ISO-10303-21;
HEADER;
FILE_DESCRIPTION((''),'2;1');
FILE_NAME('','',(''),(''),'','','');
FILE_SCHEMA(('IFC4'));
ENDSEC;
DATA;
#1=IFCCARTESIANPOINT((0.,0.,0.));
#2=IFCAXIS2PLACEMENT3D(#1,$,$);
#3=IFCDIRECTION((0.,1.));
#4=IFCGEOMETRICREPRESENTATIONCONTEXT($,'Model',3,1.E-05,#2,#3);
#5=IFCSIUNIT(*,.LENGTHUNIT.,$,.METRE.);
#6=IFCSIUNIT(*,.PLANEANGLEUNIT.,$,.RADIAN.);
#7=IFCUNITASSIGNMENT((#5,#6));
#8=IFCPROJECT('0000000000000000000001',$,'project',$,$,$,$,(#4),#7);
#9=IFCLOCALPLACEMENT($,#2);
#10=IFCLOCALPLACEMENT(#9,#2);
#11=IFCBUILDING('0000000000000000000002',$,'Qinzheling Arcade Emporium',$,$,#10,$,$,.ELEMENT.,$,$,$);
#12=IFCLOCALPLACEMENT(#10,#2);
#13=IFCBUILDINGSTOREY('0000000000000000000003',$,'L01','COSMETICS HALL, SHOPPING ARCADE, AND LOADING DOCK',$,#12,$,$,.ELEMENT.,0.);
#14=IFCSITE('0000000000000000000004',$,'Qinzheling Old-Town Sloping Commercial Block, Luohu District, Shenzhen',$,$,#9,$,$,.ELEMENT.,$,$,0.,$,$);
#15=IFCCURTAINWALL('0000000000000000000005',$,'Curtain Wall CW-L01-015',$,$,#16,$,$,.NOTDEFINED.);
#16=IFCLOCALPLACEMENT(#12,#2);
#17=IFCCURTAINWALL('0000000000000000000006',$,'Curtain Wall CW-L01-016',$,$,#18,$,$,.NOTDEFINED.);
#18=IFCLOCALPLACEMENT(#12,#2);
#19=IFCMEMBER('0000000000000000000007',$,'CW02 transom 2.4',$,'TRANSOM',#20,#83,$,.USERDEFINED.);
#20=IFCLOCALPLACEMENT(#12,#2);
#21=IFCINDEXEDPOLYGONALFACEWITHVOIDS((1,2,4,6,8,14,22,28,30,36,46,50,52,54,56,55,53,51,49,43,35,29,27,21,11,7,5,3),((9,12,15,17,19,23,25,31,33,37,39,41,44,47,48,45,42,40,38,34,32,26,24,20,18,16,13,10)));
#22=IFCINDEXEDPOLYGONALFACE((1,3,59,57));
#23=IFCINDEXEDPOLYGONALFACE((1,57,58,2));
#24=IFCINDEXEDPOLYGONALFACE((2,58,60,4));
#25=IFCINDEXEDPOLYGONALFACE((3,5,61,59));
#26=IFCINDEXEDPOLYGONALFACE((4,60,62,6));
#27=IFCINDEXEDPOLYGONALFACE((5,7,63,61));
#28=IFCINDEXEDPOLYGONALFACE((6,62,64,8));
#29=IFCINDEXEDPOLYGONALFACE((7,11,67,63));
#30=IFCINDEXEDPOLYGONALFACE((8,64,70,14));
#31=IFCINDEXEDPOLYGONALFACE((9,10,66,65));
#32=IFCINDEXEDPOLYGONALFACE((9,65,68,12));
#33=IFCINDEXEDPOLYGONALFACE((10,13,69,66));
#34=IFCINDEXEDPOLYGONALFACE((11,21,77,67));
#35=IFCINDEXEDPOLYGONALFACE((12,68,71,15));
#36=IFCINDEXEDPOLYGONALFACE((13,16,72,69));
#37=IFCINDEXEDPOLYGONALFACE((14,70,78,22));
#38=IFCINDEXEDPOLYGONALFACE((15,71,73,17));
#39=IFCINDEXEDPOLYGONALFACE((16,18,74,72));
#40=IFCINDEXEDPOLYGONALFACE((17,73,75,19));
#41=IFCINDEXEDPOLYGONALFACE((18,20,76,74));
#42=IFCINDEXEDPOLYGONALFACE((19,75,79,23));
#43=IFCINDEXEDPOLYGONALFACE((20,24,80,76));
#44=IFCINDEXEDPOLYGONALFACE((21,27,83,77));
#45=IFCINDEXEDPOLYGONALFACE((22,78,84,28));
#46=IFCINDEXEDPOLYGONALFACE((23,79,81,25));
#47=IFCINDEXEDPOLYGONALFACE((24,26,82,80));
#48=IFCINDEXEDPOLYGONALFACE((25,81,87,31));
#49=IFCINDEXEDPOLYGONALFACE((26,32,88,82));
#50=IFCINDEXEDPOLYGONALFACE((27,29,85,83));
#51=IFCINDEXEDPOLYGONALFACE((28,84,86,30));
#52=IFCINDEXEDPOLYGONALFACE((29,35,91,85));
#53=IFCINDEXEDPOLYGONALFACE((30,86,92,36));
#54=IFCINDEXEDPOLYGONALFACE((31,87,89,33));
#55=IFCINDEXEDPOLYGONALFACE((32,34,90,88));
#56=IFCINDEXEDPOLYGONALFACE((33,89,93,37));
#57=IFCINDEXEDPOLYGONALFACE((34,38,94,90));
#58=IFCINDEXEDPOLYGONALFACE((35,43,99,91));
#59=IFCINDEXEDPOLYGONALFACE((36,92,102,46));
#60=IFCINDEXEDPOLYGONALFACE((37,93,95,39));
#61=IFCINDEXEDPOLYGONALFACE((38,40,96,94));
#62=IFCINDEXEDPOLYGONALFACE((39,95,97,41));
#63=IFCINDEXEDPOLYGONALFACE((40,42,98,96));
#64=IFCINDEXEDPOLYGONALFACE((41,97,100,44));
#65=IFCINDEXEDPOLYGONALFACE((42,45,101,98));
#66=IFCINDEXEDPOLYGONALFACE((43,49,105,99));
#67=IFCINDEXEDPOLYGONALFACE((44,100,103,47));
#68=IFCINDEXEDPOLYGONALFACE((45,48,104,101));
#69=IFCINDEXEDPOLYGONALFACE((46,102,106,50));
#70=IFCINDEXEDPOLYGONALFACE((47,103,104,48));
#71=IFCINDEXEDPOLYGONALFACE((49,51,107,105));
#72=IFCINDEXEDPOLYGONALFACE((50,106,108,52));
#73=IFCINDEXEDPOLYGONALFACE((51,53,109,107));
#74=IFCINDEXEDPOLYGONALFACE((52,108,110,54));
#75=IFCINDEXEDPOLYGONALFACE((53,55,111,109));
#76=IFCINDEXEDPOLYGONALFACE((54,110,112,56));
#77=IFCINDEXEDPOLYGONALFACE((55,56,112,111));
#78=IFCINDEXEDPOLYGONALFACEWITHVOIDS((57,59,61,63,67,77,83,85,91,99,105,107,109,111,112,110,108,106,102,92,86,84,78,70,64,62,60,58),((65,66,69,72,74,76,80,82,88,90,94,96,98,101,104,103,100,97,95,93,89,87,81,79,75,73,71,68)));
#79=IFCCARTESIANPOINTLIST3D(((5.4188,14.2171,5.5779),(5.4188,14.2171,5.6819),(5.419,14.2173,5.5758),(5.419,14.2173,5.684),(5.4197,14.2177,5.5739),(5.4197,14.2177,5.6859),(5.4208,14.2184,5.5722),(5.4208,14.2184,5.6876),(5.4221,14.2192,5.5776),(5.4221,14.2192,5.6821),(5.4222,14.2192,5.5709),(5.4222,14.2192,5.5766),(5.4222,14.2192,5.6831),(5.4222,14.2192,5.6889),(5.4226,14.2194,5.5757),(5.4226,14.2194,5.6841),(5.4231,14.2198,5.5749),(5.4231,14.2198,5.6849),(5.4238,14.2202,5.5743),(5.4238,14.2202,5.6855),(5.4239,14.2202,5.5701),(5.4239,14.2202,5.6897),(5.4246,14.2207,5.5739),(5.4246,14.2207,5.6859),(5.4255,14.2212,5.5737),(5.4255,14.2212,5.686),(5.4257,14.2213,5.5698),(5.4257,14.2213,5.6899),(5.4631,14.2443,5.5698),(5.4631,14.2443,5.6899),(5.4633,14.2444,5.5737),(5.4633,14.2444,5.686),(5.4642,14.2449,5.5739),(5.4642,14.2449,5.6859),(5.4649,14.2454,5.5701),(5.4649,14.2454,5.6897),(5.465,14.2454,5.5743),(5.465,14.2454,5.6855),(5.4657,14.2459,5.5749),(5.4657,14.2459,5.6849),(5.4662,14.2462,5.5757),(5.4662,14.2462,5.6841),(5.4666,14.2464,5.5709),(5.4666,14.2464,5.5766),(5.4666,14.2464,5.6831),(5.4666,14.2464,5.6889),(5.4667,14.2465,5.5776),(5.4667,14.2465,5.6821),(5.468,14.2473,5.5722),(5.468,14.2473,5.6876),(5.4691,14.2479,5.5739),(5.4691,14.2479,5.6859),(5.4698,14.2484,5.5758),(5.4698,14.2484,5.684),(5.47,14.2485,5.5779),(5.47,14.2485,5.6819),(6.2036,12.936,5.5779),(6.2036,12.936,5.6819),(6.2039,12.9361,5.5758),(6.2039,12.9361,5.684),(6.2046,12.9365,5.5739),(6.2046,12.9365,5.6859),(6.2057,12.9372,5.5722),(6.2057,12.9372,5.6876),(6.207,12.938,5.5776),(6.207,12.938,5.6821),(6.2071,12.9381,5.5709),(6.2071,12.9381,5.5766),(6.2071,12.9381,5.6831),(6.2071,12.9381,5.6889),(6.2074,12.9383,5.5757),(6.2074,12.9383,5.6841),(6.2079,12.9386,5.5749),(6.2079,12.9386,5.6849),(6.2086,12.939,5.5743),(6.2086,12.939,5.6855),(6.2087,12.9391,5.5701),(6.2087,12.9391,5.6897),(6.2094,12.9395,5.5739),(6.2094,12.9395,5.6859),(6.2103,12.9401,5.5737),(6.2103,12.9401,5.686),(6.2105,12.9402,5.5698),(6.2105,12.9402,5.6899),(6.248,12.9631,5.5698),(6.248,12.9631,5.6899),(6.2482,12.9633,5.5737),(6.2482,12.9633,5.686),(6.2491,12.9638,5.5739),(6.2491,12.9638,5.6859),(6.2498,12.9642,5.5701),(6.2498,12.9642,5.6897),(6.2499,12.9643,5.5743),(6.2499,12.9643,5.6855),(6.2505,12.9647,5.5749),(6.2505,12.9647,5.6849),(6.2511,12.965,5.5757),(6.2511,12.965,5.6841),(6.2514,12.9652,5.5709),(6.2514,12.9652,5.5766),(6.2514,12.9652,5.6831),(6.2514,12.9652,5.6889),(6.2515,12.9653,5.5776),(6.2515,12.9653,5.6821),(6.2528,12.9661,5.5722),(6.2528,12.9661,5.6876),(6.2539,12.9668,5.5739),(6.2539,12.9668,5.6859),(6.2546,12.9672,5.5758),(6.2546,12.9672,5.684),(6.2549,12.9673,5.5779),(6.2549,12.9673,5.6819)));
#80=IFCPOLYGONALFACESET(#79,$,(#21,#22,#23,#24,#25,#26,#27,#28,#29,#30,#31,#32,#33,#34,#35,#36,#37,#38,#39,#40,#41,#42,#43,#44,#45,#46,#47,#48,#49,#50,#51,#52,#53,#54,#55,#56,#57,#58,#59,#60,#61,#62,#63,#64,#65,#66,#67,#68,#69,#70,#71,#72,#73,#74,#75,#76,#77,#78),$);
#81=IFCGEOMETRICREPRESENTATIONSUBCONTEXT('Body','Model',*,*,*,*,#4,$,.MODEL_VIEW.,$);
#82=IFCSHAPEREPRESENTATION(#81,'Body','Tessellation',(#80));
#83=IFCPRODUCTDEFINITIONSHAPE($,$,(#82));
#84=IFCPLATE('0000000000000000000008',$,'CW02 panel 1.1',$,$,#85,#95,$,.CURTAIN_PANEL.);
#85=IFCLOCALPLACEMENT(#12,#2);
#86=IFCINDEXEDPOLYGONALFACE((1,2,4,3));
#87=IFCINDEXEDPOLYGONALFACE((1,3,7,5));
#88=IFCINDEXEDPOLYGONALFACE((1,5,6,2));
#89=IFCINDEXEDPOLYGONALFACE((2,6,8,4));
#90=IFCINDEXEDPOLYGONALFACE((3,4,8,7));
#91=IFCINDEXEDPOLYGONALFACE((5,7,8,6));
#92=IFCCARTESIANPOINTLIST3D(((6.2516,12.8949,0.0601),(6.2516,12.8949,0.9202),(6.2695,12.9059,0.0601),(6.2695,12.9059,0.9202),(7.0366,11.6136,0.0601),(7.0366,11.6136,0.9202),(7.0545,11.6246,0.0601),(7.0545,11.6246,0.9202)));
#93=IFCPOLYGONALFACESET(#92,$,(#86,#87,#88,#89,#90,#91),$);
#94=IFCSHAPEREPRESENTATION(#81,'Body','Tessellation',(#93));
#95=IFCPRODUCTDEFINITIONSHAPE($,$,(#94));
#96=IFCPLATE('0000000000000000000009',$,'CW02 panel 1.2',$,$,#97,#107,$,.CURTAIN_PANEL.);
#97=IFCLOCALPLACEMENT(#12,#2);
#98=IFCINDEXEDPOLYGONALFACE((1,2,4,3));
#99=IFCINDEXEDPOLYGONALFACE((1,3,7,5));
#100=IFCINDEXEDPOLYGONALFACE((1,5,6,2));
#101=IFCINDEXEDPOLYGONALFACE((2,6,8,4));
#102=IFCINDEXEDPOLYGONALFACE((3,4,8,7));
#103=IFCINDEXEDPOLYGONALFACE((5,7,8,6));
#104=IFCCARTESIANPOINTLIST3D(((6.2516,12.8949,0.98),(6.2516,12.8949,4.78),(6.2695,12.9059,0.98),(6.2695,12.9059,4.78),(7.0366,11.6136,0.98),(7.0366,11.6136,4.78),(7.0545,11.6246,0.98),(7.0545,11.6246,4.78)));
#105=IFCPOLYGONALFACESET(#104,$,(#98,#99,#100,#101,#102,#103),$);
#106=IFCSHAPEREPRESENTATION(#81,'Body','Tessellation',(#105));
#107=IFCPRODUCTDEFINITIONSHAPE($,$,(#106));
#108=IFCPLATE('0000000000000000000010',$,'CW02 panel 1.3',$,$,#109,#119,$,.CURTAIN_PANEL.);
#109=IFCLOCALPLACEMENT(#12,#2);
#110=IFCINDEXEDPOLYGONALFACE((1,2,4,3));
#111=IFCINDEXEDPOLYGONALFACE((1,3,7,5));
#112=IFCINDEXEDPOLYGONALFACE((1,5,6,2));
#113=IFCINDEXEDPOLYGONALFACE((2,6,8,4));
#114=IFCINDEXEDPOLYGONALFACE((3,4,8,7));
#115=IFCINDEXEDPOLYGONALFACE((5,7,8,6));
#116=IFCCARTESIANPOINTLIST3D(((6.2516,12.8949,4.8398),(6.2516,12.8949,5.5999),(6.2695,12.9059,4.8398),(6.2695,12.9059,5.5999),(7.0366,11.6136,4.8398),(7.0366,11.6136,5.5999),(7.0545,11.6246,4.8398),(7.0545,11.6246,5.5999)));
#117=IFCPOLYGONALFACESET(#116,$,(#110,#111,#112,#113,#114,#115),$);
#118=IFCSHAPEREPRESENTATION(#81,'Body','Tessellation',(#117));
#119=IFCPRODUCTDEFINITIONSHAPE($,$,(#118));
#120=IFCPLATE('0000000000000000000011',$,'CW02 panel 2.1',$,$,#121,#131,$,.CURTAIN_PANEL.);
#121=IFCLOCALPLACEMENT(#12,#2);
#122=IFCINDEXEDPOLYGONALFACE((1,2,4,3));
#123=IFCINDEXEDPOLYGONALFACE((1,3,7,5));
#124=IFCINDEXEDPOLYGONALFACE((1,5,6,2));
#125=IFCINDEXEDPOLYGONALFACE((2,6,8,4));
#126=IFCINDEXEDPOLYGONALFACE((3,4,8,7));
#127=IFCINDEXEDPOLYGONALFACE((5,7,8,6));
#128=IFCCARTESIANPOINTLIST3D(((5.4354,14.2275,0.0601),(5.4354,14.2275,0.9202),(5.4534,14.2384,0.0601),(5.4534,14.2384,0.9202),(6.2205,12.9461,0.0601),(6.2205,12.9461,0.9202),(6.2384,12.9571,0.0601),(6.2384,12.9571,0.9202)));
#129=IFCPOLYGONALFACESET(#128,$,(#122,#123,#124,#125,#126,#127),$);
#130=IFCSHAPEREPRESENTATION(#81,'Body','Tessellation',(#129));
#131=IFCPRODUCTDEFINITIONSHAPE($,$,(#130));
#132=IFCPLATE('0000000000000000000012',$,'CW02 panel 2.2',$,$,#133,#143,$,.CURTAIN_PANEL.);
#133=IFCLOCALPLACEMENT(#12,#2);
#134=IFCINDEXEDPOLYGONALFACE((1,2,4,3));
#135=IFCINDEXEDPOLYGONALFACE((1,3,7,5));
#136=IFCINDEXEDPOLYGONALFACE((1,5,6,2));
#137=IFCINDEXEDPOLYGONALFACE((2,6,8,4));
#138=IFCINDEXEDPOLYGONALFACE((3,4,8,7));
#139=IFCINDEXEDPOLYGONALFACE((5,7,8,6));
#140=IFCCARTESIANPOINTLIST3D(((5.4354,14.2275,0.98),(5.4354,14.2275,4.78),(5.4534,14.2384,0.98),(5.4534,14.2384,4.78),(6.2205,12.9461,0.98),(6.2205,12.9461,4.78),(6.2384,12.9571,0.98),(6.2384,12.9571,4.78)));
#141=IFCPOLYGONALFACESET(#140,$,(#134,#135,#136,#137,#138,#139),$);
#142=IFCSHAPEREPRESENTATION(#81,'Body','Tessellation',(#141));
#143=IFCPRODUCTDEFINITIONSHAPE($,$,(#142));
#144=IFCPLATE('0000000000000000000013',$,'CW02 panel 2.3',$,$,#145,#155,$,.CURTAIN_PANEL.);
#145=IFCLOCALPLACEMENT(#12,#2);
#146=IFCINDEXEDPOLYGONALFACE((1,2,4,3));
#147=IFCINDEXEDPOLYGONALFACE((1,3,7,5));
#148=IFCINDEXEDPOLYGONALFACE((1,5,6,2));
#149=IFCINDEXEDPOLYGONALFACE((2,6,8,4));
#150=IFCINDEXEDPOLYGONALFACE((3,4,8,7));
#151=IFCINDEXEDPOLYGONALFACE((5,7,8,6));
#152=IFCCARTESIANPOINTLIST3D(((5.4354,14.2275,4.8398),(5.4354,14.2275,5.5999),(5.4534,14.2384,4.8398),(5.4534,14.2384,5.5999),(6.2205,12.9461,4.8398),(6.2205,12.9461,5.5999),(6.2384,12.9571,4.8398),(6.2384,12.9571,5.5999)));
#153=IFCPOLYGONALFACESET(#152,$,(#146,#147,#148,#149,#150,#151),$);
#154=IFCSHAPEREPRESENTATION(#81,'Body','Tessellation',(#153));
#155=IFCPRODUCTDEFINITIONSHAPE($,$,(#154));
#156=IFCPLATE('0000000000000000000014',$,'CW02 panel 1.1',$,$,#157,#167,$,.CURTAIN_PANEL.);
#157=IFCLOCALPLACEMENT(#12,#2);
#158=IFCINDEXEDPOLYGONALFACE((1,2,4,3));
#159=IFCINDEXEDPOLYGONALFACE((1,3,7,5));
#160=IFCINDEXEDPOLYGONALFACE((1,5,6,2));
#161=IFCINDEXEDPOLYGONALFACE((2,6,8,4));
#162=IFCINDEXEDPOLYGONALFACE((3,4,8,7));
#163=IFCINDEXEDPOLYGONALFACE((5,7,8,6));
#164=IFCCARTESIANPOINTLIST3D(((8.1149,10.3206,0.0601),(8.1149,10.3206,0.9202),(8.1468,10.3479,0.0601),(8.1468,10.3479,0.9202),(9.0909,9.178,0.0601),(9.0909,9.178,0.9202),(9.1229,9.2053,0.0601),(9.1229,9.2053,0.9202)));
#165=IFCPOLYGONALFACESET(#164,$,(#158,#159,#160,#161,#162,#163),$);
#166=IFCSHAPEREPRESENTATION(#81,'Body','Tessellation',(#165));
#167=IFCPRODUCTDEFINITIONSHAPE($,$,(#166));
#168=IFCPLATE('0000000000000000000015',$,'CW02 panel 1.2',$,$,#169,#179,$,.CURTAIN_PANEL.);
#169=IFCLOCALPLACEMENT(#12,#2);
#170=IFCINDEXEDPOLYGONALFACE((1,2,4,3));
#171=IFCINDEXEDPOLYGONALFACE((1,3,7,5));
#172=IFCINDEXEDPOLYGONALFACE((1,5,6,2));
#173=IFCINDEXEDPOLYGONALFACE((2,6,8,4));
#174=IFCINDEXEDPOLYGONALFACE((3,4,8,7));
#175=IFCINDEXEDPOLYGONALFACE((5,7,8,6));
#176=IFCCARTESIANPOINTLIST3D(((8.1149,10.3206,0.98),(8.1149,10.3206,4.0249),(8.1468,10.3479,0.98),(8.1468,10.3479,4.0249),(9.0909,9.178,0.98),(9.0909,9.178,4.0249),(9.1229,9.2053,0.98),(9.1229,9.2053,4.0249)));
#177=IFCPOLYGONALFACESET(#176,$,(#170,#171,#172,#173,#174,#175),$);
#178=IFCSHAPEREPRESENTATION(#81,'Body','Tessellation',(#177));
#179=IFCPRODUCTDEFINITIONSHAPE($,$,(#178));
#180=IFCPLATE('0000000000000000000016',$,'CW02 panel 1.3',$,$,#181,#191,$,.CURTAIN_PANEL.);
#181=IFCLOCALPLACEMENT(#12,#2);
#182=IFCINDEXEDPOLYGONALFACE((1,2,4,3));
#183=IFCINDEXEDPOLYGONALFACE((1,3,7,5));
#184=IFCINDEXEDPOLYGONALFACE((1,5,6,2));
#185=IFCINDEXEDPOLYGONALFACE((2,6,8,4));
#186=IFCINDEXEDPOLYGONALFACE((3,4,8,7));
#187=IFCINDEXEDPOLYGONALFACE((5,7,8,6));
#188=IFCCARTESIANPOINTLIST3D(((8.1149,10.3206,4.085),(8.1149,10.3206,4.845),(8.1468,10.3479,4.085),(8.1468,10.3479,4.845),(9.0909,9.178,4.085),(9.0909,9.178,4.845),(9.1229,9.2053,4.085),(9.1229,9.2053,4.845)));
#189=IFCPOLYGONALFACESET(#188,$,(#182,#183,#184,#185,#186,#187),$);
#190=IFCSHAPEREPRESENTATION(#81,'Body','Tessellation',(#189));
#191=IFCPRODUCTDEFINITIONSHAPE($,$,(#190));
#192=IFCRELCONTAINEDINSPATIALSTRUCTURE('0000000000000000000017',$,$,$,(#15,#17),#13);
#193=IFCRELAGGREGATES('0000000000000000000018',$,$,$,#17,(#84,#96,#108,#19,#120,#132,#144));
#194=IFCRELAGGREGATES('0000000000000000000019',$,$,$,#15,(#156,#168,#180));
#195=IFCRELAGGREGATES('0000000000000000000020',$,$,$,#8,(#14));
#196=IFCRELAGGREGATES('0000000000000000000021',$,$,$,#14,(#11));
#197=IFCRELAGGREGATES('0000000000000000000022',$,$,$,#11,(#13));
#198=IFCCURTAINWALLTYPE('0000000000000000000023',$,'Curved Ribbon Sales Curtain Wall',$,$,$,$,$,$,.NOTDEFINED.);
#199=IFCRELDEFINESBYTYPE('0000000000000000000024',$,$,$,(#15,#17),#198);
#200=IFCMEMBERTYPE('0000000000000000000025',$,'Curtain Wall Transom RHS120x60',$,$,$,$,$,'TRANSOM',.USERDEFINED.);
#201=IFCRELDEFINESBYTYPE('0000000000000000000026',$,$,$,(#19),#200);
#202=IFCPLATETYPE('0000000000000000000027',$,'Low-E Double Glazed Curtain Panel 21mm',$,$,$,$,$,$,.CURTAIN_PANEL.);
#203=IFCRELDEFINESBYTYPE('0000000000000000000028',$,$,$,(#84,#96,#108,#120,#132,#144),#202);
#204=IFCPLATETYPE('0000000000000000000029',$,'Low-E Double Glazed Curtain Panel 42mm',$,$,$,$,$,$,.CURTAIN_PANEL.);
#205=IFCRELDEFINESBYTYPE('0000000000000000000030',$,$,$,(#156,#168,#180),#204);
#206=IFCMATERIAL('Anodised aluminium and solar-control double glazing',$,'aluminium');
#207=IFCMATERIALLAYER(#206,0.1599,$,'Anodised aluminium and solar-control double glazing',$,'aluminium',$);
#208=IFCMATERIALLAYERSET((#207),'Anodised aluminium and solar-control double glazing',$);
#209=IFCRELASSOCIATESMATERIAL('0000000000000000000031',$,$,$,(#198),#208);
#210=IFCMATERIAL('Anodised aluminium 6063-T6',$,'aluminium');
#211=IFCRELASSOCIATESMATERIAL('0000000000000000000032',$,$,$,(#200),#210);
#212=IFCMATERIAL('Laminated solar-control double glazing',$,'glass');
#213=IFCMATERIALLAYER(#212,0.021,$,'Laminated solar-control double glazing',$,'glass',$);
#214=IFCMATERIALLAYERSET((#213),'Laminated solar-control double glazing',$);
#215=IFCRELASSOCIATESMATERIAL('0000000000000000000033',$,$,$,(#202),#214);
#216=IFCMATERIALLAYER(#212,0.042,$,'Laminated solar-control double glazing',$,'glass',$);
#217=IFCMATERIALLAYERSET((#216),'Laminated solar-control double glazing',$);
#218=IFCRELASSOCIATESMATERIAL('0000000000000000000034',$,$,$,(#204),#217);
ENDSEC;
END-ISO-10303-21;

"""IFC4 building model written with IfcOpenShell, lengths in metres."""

from ifc_helpers import new_model, si_unit, direction, frame, origin, origin_2d, place, context, subcontext, project, spatial, rectangle, hollow_rectangle, extrude, material, layer, layer_set, material_profile, profile_set, type_object, element, aggregate, save


model = new_model("IFC4")

# Units and contexts
model_context = context("Model", 3, precision=1e-05, world=origin(), true_north=direction((0.0, 1.0)))
body_context = subcontext(model_context, "Body", "Model", "MODEL_VIEW")
ifc_project = project(units=[si_unit("LENGTHUNIT", "METRE"), si_unit("PLANEANGLEUNIT", "RADIAN")], contexts=[model_context])

# Site, building, storey
site_placement = place(None, origin())
site = spatial("IfcSite", under=ifc_project, at=site_placement, Name="Qinzheling Old-Town Sloping Commercial Block, Luohu District, Shenzhen", CompositionType="ELEMENT", RefElevation=0.0)
building_placement = place(site_placement, origin())
building = spatial("IfcBuilding", under=site, at=building_placement, Name="Qinzheling Arcade Emporium", CompositionType="ELEMENT")
storey_placement = place(building_placement, origin())
storey = spatial("IfcBuildingStorey", under=building, at=storey_placement, Name="L01", Description="COSMETICS HALL, SHOPPING ARCADE, AND LOADING DOCK", CompositionType="ELEMENT", Elevation=0.0)

# Curtain walls
ifc_material_1 = material(Name="Anodised aluminium and solar-control double glazing", Category="aluminium")
ifc_layer_1 = layer(ifc_material_1, 0.1599, Name="Anodised aluminium and solar-control double glazing", Category="aluminium")
ifc_layer_set_1 = layer_set([ifc_layer_1], Name="Anodised aluminium and solar-control double glazing")
curtain_wall_type = type_object("IfcCurtainWallType", Name="Curved Ribbon Sales Curtain Wall", PredefinedType="NOTDEFINED", material=ifc_layer_set_1)
curtain_wall_1_placement = place(storey_placement, origin())
curtain_wall_1 = element("IfcCurtainWall", 1, at=curtain_wall_1_placement, inside=storey, type_object=curtain_wall_type, Name="Curtain Wall CW-L01-015", PredefinedType="NOTDEFINED")
ifc_material_2 = material(Name="Anodised aluminium 6063-T6", Category="aluminium")
curtain_wall_2_placement = place(storey_placement, origin())
curtain_wall_2 = element("IfcCurtainWall", 2, at=curtain_wall_2_placement, inside=storey, type_object=curtain_wall_type, Name="Curtain Wall CW-L01-016", PredefinedType="NOTDEFINED")

# Member
ifc_material_profile_1 = material_profile(ifc_material_2, hollow_rectangle(XDim=0.0601, YDim=0.1201, WallThickness=0.0039, InnerFilletRadius=0.0039, OuterFilletRadius=0.0081, at=origin_2d()), Name="RHS 120x60x4", Category="aluminium")
ifc_profile_set_1 = profile_set([ifc_material_profile_1], Name="Anodised aluminium 6063-T6")
member_type_1 = type_object("IfcMemberType", Name="Curtain Wall Transom RHS120x60", ElementType="TRANSOM", PredefinedType="USERDEFINED", material=ifc_profile_set_1)
member_1_placement = place(storey_placement, frame((6.2292, 12.9517, 5.6299), z_axis=(-0.522383, 0.852711, 0.0), x_axis=(-0.852711, -0.522383, 0.0)))
member_1 = element("IfcMember", 3, at=member_1_placement, type_object=member_type_1, Name="CW02 transom 2.4", ObjectType="TRANSOM", PredefinedType="USERDEFINED", context=body_context, shape_type="SweptSolid", body=[
    extrude(hollow_rectangle(XDim=0.0601, YDim=0.1201, WallThickness=0.0039, InnerFilletRadius=0.0039, OuterFilletRadius=0.0081, at=origin_2d()), origin(), (0.0, 0.0, 1.0), 1.5024),
])

# Plates
ifc_material_3 = material(Name="Laminated solar-control double glazing", Category="glass")
ifc_layer_2 = layer(ifc_material_3, 0.021, Name="Laminated solar-control double glazing", Category="glass")
ifc_layer_set_2 = layer_set([ifc_layer_2], Name="Laminated solar-control double glazing")
plate_type_1 = type_object("IfcPlateType", Name="Low-E Double Glazed Curtain Panel 21mm", PredefinedType="CURTAIN_PANEL", material=ifc_layer_set_2)
plate_1_placement = place(storey_placement, frame((6.6531, 12.2598, 0.0601), z_axis=(0.0, 0.0, 1.0), x_axis=(-0.522415, 0.852691, 0.0)))
plate_1 = element("IfcPlate", 4, at=plate_1_placement, type_object=plate_type_1, Name="CW02 panel 1.1", PredefinedType="CURTAIN_PANEL", context=body_context, shape_type="SweptSolid", body=[
    extrude(rectangle(XDim=1.5027, YDim=0.021, at=origin_2d()), origin(), (0.0, 0.0, 1.0), 0.8601),
])
plate_2_placement = place(storey_placement, frame((6.6531, 12.2598, 0.98), z_axis=(0.0, 0.0, 1.0), x_axis=(-0.522415, 0.852691, 0.0)))
plate_2 = element("IfcPlate", 5, at=plate_2_placement, type_object=plate_type_1, Name="CW02 panel 1.2", PredefinedType="CURTAIN_PANEL", context=body_context, shape_type="SweptSolid", body=[
    extrude(rectangle(XDim=1.5027, YDim=0.021, at=origin_2d()), origin(), (0.0, 0.0, 1.0), 3.8),
])
plate_3_placement = place(storey_placement, frame((6.6531, 12.2598, 4.8398), z_axis=(0.0, 0.0, 1.0), x_axis=(-0.522415, 0.852691, 0.0)))
plate_3 = element("IfcPlate", 6, at=plate_3_placement, type_object=plate_type_1, Name="CW02 panel 1.3", PredefinedType="CURTAIN_PANEL", context=body_context, shape_type="SweptSolid", body=[
    extrude(rectangle(XDim=1.5027, YDim=0.021, at=origin_2d()), origin(), (0.0, 0.0, 1.0), 0.76),
])
plate_4_placement = place(storey_placement, frame((5.8369, 13.5923, 0.0601), z_axis=(0.0, 0.0, 1.0), x_axis=(-0.522415, 0.852691, 0.0)))
plate_4 = element("IfcPlate", 7, at=plate_4_placement, type_object=plate_type_1, Name="CW02 panel 2.1", PredefinedType="CURTAIN_PANEL", context=body_context, shape_type="SweptSolid", body=[
    extrude(rectangle(XDim=1.5027, YDim=0.021, at=origin_2d()), origin(), (0.0, 0.0, 1.0), 0.8601),
])
plate_5_placement = place(storey_placement, frame((5.8369, 13.5923, 0.98), z_axis=(0.0, 0.0, 1.0), x_axis=(-0.522415, 0.852691, 0.0)))
plate_5 = element("IfcPlate", 8, at=plate_5_placement, type_object=plate_type_1, Name="CW02 panel 2.2", PredefinedType="CURTAIN_PANEL", context=body_context, shape_type="SweptSolid", body=[
    extrude(rectangle(XDim=1.5027, YDim=0.021, at=origin_2d()), origin(), (0.0, 0.0, 1.0), 3.8),
])
plate_6_placement = place(storey_placement, frame((5.8369, 13.5923, 4.8398), z_axis=(0.0, 0.0, 1.0), x_axis=(-0.522415, 0.852691, 0.0)))
plate_6 = element("IfcPlate", 9, at=plate_6_placement, type_object=plate_type_1, Name="CW02 panel 2.3", PredefinedType="CURTAIN_PANEL", context=body_context, shape_type="SweptSolid", body=[
    extrude(rectangle(XDim=1.5027, YDim=0.021, at=origin_2d()), origin(), (0.0, 0.0, 1.0), 0.76),
])
aggregate(curtain_wall_2, [plate_1, plate_2, plate_3, member_1, plate_4, plate_5, plate_6])
ifc_layer_3 = layer(ifc_material_3, 0.042, Name="Laminated solar-control double glazing", Category="glass")
ifc_layer_set_3 = layer_set([ifc_layer_3], Name="Laminated solar-control double glazing")
plate_type_2 = type_object("IfcPlateType", Name="Low-E Double Glazed Curtain Panel 42mm", PredefinedType="CURTAIN_PANEL", material=ifc_layer_set_3)
plate_7_placement = place(storey_placement, frame((8.6189, 9.7629, 0.0601), z_axis=(0.0, 0.0, 1.0), x_axis=(-0.649524, 0.760341, 0.0)))
plate_7 = element("IfcPlate", 10, at=plate_7_placement, type_object=plate_type_2, Name="CW02 panel 1.1", PredefinedType="CURTAIN_PANEL", context=body_context, shape_type="SweptSolid", body=[
    extrude(rectangle(XDim=1.5027, YDim=0.042, at=origin_2d()), origin(), (0.0, 0.0, 1.0), 0.8601),
])
plate_8_placement = place(storey_placement, frame((8.6189, 9.7629, 0.98), z_axis=(0.0, 0.0, 1.0), x_axis=(-0.649524, 0.760341, 0.0)))
plate_8 = element("IfcPlate", 11, at=plate_8_placement, type_object=plate_type_2, Name="CW02 panel 1.2", PredefinedType="CURTAIN_PANEL", context=body_context, shape_type="SweptSolid", body=[
    extrude(rectangle(XDim=1.5027, YDim=0.042, at=origin_2d()), origin(), (0.0, 0.0, 1.0), 3.0449),
])
plate_9_placement = place(storey_placement, frame((8.6189, 9.7629, 4.085), z_axis=(0.0, 0.0, 1.0), x_axis=(-0.649524, 0.760341, 0.0)))
plate_9 = element("IfcPlate", 12, at=plate_9_placement, type_object=plate_type_2, Name="CW02 panel 1.3", PredefinedType="CURTAIN_PANEL", context=body_context, shape_type="SweptSolid", body=[
    extrude(rectangle(XDim=1.5027, YDim=0.042, at=origin_2d()), origin(), (0.0, 0.0, 1.0), 0.76),
])
aggregate(curtain_wall_1, [plate_7, plate_8, plate_9])

save(model, "model.ifc")
